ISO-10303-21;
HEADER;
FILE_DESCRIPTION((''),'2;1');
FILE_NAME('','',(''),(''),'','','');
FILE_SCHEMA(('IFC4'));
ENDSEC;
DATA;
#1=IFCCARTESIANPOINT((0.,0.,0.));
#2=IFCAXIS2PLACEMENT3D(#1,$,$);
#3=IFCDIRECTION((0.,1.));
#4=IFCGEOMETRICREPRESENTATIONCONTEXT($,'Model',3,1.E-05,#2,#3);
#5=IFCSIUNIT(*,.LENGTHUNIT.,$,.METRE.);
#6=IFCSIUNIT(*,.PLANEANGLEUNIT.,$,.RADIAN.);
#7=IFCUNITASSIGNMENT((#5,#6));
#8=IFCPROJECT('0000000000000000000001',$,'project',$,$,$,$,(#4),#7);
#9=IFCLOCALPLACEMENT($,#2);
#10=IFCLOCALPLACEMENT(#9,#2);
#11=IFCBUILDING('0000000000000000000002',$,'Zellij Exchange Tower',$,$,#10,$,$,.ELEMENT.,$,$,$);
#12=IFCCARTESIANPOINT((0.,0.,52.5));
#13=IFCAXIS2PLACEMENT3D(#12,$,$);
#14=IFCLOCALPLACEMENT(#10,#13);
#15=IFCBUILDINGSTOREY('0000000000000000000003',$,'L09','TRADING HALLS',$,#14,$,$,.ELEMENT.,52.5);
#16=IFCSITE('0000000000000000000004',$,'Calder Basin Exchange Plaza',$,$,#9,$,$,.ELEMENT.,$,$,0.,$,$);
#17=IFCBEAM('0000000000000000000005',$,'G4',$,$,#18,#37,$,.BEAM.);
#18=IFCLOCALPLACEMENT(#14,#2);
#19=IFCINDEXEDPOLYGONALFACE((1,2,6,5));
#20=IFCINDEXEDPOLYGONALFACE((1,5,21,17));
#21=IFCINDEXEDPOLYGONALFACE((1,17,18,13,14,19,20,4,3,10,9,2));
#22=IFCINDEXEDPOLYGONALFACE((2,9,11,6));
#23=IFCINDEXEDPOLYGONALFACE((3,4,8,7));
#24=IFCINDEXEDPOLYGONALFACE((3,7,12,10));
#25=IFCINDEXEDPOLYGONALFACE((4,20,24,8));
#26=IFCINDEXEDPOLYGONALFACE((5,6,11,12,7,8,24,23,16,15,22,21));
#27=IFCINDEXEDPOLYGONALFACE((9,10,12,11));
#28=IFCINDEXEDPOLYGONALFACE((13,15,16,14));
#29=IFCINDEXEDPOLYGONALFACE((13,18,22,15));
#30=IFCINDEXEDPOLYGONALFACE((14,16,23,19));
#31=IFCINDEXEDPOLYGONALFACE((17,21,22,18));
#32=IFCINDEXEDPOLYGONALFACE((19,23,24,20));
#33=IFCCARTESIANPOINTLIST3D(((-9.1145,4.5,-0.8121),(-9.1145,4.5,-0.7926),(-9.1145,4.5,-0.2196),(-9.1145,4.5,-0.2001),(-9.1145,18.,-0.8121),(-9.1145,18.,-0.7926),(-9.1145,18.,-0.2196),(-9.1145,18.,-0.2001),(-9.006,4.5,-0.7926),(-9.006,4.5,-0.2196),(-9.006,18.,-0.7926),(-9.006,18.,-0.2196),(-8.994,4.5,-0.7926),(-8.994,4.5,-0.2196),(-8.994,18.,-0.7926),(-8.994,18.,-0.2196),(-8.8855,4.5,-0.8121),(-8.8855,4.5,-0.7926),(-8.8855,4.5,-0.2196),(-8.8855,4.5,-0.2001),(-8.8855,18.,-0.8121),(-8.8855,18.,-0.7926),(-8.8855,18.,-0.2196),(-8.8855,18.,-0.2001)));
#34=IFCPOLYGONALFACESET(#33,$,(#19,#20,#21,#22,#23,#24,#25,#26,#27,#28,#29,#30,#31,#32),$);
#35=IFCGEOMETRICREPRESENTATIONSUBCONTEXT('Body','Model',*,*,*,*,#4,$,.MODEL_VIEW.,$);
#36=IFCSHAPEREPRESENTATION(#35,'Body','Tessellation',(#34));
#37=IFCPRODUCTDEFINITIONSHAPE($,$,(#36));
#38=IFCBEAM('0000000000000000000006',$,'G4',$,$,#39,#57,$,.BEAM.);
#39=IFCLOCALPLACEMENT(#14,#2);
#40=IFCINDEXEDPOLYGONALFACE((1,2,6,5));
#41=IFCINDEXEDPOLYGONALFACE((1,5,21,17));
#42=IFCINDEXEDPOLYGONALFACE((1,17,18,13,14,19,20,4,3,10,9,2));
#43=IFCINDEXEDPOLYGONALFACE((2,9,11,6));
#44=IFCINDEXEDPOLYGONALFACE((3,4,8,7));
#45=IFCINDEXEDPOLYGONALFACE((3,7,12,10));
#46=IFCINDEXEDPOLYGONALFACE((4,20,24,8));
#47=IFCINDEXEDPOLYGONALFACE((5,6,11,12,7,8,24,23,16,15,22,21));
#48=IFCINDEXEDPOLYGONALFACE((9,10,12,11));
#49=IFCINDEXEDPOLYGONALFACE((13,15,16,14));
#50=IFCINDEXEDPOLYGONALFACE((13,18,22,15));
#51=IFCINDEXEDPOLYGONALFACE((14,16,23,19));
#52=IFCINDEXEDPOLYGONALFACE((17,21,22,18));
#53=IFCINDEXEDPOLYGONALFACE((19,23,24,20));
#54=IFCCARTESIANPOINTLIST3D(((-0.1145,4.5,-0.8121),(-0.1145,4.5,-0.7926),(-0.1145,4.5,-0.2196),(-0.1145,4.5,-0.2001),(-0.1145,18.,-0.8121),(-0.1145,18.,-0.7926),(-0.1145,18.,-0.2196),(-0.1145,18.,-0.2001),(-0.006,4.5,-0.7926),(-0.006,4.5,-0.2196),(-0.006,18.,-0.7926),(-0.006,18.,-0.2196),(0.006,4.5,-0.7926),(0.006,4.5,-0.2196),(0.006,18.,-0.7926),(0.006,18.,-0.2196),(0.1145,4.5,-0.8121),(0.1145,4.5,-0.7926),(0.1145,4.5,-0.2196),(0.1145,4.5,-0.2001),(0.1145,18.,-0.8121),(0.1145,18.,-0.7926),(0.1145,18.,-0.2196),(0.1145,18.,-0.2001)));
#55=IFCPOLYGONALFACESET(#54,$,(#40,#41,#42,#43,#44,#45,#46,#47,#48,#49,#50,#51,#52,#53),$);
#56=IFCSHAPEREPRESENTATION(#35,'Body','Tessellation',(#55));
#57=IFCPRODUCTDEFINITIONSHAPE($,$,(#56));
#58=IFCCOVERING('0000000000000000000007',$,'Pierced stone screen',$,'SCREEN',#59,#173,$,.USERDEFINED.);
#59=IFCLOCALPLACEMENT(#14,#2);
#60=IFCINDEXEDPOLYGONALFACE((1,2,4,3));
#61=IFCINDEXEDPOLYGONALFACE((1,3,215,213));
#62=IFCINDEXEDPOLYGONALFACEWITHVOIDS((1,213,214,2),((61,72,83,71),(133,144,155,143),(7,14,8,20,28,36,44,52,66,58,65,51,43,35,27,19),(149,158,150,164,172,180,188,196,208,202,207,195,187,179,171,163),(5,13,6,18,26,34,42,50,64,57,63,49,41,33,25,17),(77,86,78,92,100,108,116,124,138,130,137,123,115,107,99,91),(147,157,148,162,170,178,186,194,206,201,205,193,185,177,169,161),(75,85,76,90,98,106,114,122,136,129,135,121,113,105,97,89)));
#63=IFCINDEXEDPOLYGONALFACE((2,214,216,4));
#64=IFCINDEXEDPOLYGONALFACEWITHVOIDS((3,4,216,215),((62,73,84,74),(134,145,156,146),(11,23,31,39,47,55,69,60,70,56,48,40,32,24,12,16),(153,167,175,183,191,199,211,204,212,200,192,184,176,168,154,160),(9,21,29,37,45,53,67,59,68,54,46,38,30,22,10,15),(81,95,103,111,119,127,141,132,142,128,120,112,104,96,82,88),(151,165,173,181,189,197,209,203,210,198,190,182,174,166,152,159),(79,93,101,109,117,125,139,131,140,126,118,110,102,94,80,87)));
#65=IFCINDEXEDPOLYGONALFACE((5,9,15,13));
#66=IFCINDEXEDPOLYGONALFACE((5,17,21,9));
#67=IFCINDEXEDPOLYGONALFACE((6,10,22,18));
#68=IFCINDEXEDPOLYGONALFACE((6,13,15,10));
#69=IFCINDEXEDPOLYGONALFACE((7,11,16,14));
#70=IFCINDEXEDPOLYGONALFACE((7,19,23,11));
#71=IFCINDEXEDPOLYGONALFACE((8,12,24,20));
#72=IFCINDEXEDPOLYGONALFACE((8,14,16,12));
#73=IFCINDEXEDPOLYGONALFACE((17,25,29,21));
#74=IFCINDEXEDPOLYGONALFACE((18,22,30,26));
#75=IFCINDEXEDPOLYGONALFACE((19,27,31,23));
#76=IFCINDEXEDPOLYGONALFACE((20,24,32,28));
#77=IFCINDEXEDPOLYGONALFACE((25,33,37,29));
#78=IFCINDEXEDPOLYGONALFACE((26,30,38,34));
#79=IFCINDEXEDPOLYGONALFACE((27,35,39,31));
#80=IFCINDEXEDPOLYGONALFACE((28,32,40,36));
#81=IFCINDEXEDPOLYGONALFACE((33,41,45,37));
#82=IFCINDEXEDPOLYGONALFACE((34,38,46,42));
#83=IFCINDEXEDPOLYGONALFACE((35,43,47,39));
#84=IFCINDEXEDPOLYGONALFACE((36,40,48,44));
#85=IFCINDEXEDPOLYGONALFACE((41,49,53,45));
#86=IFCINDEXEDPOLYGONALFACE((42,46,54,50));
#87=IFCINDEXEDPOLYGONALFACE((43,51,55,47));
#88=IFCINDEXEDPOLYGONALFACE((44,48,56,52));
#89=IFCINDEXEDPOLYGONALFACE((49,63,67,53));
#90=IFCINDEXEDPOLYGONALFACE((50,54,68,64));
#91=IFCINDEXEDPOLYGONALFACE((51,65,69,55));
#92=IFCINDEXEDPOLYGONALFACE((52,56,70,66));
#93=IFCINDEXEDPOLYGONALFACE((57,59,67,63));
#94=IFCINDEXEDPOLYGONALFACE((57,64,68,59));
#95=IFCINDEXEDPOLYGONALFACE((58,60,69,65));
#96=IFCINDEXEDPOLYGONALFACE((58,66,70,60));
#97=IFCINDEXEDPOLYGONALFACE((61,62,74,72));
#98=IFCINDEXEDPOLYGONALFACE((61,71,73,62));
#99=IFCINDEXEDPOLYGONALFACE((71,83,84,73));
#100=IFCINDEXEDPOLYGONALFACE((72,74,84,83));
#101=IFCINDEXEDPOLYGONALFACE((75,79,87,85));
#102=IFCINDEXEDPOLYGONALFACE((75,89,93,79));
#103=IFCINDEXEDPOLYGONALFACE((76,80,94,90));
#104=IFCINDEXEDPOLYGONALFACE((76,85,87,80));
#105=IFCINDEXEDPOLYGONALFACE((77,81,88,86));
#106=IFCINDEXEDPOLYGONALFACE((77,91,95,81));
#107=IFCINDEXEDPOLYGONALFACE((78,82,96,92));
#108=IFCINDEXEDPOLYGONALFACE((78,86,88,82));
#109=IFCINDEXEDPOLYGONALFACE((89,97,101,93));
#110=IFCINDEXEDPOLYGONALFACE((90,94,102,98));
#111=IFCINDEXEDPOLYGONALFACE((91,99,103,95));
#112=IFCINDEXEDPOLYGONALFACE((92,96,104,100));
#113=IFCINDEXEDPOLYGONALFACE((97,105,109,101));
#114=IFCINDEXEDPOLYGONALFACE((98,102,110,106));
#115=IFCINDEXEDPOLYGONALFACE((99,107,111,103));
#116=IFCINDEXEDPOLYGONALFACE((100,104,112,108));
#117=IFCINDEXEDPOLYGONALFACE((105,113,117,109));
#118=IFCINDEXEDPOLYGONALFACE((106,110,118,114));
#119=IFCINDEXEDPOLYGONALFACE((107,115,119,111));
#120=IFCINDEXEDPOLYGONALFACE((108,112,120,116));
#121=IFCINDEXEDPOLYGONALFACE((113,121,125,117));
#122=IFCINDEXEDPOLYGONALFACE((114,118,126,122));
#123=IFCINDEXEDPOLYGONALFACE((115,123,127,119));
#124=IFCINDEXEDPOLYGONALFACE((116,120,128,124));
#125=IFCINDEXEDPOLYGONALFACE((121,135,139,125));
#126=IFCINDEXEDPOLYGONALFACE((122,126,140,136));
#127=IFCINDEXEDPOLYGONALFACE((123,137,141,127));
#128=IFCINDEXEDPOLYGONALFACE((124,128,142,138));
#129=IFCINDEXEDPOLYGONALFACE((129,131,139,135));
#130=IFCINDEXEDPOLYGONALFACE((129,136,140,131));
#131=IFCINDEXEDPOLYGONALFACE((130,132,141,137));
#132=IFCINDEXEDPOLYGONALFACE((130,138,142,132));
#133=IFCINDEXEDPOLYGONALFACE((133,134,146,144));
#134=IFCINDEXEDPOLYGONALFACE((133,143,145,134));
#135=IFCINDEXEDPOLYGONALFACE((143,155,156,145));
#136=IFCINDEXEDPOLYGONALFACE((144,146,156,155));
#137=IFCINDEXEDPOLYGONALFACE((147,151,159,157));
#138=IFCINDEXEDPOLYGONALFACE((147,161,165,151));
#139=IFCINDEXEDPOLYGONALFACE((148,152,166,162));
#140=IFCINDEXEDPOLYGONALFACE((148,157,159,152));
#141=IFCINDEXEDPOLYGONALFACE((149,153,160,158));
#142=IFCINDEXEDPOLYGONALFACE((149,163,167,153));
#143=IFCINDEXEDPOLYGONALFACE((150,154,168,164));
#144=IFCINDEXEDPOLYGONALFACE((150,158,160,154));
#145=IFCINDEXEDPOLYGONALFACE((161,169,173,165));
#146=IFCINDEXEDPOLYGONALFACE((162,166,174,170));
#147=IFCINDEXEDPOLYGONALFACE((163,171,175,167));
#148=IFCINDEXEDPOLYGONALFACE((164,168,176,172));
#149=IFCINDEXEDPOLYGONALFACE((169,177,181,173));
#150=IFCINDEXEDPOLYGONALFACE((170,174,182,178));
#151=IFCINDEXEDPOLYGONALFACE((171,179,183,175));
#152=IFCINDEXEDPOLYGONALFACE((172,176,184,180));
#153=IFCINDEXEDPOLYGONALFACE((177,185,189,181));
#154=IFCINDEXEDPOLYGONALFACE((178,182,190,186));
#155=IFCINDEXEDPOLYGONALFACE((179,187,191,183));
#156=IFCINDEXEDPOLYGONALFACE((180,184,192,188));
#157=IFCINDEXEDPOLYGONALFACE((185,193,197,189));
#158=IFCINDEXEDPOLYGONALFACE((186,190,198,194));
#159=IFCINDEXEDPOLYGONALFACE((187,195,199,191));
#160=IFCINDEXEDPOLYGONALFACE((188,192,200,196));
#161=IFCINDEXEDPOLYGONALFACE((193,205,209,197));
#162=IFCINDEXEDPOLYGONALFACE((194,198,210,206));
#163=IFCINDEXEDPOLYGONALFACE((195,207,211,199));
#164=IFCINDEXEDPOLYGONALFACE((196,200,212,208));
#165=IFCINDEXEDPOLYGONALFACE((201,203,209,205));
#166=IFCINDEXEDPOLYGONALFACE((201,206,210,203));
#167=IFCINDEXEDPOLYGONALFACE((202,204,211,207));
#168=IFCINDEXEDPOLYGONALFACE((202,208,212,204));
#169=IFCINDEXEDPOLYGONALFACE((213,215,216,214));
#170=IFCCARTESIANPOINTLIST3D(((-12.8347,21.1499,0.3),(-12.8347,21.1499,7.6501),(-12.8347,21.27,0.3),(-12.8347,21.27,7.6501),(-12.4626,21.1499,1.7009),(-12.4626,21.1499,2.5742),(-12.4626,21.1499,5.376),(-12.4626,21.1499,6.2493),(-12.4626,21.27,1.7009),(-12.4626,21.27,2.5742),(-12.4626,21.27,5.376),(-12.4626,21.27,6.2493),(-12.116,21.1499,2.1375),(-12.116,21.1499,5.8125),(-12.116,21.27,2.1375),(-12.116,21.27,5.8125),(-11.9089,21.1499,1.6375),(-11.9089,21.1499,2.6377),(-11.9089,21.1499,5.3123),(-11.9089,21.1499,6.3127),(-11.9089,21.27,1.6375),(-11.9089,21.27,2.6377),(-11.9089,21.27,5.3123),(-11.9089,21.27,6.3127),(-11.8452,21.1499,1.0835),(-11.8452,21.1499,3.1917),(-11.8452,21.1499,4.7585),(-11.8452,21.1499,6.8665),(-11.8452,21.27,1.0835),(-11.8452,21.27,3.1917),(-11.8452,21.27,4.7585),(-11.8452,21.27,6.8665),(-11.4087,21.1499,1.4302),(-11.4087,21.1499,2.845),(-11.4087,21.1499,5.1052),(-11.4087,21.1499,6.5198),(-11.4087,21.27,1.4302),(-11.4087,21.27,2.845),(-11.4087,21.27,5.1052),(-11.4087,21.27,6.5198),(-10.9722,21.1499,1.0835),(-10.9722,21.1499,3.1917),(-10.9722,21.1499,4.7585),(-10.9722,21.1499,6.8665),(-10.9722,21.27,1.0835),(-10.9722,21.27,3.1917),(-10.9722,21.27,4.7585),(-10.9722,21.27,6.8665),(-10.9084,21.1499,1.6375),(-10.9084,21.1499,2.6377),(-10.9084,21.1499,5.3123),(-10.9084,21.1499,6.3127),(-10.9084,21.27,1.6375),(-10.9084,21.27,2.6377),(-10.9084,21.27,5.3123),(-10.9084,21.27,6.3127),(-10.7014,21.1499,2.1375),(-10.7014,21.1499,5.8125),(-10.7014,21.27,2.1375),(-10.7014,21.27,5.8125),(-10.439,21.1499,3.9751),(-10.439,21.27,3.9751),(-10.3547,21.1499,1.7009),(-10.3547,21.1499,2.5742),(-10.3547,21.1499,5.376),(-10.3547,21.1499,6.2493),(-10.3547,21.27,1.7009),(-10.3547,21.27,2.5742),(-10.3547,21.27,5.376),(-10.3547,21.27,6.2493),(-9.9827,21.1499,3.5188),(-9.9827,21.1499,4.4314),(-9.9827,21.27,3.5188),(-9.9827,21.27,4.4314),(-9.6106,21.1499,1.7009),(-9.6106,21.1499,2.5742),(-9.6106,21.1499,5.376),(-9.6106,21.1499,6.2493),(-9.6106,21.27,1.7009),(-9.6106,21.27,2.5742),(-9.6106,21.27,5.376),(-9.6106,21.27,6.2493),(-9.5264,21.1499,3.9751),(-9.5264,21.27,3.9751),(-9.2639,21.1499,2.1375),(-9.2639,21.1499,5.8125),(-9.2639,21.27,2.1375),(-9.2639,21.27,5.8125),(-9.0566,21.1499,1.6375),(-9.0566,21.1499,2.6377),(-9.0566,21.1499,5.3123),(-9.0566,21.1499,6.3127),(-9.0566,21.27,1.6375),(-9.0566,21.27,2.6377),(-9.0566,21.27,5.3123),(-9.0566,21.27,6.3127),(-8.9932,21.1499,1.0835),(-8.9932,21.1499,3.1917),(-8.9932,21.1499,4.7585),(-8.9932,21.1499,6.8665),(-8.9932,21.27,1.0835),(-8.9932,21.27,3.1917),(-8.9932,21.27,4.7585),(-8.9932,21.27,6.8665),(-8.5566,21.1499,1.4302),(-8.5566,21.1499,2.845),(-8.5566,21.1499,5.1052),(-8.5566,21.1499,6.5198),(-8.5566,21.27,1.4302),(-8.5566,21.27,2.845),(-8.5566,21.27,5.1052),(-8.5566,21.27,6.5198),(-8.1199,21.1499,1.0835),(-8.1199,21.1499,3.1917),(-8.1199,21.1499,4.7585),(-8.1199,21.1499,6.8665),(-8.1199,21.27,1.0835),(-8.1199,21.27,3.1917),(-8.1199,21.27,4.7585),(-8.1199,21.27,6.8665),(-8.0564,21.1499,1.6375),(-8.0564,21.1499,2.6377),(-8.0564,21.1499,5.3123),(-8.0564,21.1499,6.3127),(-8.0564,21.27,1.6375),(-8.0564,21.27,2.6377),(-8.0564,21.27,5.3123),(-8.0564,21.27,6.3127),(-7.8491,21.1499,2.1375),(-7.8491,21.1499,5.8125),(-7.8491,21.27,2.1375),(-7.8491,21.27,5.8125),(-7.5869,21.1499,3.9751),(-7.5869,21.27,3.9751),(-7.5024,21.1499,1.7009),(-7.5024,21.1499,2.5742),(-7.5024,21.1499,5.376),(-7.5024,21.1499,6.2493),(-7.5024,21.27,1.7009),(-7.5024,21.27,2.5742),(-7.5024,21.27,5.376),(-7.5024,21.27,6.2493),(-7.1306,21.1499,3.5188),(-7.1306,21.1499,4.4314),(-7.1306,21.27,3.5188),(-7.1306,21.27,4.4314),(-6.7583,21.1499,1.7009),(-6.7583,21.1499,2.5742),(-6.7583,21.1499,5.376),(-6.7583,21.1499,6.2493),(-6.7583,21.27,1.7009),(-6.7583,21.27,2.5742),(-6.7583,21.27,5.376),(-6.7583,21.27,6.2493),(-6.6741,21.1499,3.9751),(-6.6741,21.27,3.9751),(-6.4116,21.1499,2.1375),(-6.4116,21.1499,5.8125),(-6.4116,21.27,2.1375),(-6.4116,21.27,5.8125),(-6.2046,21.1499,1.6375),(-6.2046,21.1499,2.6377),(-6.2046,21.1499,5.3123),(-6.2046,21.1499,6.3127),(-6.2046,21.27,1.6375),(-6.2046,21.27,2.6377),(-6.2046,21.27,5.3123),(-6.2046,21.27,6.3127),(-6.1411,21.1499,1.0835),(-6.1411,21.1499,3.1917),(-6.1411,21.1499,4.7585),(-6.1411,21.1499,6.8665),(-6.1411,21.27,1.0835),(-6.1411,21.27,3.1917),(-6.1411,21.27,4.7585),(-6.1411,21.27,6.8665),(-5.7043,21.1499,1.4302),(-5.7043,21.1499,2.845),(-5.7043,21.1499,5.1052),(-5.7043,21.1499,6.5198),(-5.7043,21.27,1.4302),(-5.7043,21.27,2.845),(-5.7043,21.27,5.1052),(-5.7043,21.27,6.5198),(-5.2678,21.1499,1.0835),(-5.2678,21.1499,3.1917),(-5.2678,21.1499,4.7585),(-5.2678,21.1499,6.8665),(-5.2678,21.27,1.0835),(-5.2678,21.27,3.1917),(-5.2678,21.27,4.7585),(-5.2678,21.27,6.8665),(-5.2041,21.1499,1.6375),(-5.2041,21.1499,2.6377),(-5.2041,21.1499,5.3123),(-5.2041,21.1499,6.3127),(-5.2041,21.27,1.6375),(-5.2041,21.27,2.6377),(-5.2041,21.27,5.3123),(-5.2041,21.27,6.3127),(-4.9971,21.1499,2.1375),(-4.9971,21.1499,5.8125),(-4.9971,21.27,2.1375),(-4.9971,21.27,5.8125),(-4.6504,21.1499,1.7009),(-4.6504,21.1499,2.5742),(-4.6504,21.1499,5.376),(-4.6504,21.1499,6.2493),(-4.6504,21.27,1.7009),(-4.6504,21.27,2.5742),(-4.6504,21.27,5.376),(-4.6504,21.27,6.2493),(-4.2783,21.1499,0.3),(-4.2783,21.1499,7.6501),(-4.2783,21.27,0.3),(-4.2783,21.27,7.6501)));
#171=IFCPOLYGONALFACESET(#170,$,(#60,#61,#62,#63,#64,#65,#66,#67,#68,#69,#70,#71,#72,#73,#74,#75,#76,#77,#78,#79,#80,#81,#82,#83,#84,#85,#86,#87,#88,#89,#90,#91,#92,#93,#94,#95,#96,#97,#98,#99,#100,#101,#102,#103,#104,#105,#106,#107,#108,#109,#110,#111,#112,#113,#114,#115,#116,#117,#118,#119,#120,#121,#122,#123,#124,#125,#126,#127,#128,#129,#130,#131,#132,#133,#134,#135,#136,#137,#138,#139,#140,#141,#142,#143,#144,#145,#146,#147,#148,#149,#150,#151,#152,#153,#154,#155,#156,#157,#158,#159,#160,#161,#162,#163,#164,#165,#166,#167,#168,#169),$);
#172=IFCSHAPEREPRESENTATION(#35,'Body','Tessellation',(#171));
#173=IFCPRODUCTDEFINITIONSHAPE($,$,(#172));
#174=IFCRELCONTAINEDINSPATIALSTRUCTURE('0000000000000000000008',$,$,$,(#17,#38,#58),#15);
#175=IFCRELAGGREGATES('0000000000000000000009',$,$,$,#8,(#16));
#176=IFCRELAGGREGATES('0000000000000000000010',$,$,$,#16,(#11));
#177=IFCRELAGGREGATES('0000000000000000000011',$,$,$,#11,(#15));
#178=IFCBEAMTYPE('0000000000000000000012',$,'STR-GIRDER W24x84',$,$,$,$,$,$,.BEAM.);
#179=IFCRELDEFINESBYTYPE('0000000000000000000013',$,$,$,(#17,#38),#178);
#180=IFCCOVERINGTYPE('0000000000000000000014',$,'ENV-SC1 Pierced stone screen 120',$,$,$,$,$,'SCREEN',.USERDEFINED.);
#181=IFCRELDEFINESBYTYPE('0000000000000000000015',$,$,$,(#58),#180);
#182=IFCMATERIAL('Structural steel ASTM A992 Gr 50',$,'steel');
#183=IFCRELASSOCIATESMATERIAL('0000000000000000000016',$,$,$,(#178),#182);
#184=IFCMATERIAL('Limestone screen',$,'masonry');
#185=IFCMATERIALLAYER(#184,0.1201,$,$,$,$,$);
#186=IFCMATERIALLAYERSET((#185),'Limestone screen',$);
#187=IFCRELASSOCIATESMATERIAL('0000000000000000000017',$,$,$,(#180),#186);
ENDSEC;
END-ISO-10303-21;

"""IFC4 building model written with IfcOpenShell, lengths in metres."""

from ifc_helpers import new_model, si_unit, direction, frame, origin, origin_2d, place, context, subcontext, project, spatial, polyline, i_section, outline, extrude, material, layer, layer_set, material_profile, profile_set, type_object, element, save


model = new_model("IFC4")

# Units and contexts
model_context = context("Model", 3, precision=1e-05, world=origin(), true_north=direction((0.0, 1.0)))
body_context = subcontext(model_context, "Body", "Model", "MODEL_VIEW")
ifc_project = project(units=[si_unit("LENGTHUNIT", "METRE"), si_unit("PLANEANGLEUNIT", "RADIAN")], contexts=[model_context])

# Site, building, storey
site_placement = place(None, origin())
site = spatial("IfcSite", under=ifc_project, at=site_placement, Name="Calder Basin Exchange Plaza", CompositionType="ELEMENT", RefElevation=0.0)
building_placement = place(site_placement, origin())
building = spatial("IfcBuilding", under=site, at=building_placement, Name="Zellij Exchange Tower", CompositionType="ELEMENT")
storey_placement = place(building_placement, frame((0.0, 0.0, 52.5)))
storey = spatial("IfcBuildingStorey", under=building, at=storey_placement, Name="L09", Description="TRADING HALLS", CompositionType="ELEMENT", Elevation=52.5)

# Beams
ifc_material_1 = material(Name="Structural steel ASTM A992 Gr 50", Category="steel")
ifc_material_profile_1 = material_profile(ifc_material_1, i_section(OverallWidth=0.229, OverallDepth=0.6121, WebThickness=0.012, FlangeThickness=0.0195, at=origin_2d()), Name="W24x84")
ifc_profile_set_1 = profile_set([ifc_material_profile_1], Name="Structural steel ASTM A992 Gr 50")
beam_type = type_object("IfcBeamType", Name="STR-GIRDER W24x84", PredefinedType="BEAM", material=ifc_profile_set_1)
for number, where, z_axis, x_axis, name in (
    (1, (-9.0, 4.5, -0.5061), (0.0, 1.0, 0.0), (-1.0, 0.0, 0.0), "G4"),
    (2, (0.0, 4.5, -0.5061), (0.0, 1.0, 0.0), (-1.0, 0.0, 0.0), "G4"),
):
    element("IfcBeam", number, at=place(storey_placement, frame(where, z_axis=z_axis, x_axis=x_axis)), inside=storey, type_object=beam_type, Name=name, PredefinedType="BEAM", context=body_context, shape_type="SweptSolid", body=[
        extrude(i_section(OverallWidth=0.229, OverallDepth=0.6121, WebThickness=0.012, FlangeThickness=0.0195, at=origin_2d()), origin(), (0.0, 0.0, 1.0), 13.5),
    ])

# Covering
ifc_material_2 = material(Name="Limestone screen", Category="masonry")
ifc_layer = layer(ifc_material_2, 0.1201)
ifc_layer_set = layer_set([ifc_layer], Name="Limestone screen")
covering_type = type_object("IfcCoveringType", Name="ENV-SC1 Pierced stone screen 120", ElementType="SCREEN", PredefinedType="USERDEFINED", material=ifc_layer_set)
covering_1_placement = place(storey_placement, frame((-4.2783, 21.21, 0.3), z_axis=(0.0, 0.0, 1.0), x_axis=(-1.0, 0.0, 0.0)))
element("IfcCovering", 3, at=covering_1_placement, inside=storey, type_object=covering_type, Name="Pierced stone screen", ObjectType="SCREEN", PredefinedType="USERDEFINED", context=body_context, shape_type="SweptSolid", body=[
    extrude(outline(polyline([(0.0, 0.0), (8.5564, 0.0), (8.5564, 7.3501), (0.0, 7.3501), (0.0, 0.0)]), holes=[polyline([(2.48, 2.2742), (1.9263, 2.3376), (1.8628, 2.8916), (1.426, 2.5449), (0.9895, 2.8916), (0.9258, 2.3376), (0.3721, 2.2742), (0.7188, 1.8374), (0.3721, 1.4009), (0.9258, 1.3374), (0.9895, 0.7834), (1.426, 1.1301), (1.8628, 0.7834), (1.9263, 1.3374), (2.48, 1.4009), (2.1333, 1.8374), (2.48, 2.2742)]), polyline([(2.48, 5.9492), (1.9263, 6.0127), (1.8628, 6.5664), (1.426, 6.2197), (0.9895, 6.5664), (0.9258, 6.0127), (0.3721, 5.9492), (0.7188, 5.5125), (0.3721, 5.0759), (0.9258, 5.0122), (0.9895, 4.4585), (1.426, 4.8052), (1.8628, 4.4585), (1.9263, 5.0122), (2.48, 5.0759), (2.1333, 5.5125), (2.48, 5.9492)]), polyline([(5.3323, 2.2742), (4.7783, 2.3376), (4.7148, 2.8916), (4.2783, 2.5449), (3.8416, 2.8916), (3.7781, 2.3376), (3.2241, 2.2742), (3.5708, 1.8374), (3.2241, 1.4009), (3.7781, 1.3374), (3.8416, 0.7834), (4.2783, 1.1301), (4.7148, 0.7834), (4.7783, 1.3374), (5.3323, 1.4009), (4.9856, 1.8374), (5.3323, 2.2742)]), polyline([(5.3323, 5.9492), (4.7783, 6.0127), (4.7148, 6.5664), (4.2783, 6.2197), (3.8416, 6.5664), (3.7781, 6.0127), (3.2241, 5.9492), (3.5708, 5.5125), (3.2241, 5.0759), (3.7781, 5.0122), (3.8416, 4.4585), (4.2783, 4.8052), (4.7148, 4.4585), (4.7783, 5.0122), (5.3323, 5.0759), (4.9856, 5.5125), (5.3323, 5.9492)]), polyline([(8.1843, 2.2742), (7.6306, 2.3376), (7.5669, 2.8916), (7.1304, 2.5449), (6.6938, 2.8916), (6.6301, 2.3376), (6.0764, 2.2742), (6.4231, 1.8374), (6.0764, 1.4009), (6.6301, 1.3374), (6.6938, 0.7834), (7.1304, 1.1301), (7.5669, 0.7834), (7.6306, 1.3374), (8.1843, 1.4009), (7.8376, 1.8374), (8.1843, 2.2742)]), polyline([(8.1843, 5.9492), (7.6306, 6.0127), (7.5669, 6.5664), (7.1304, 6.2197), (6.6938, 6.5664), (6.6301, 6.0127), (6.0764, 5.9492), (6.4231, 5.5125), (6.0764, 5.0759), (6.6301, 5.0122), (6.6938, 4.4585), (7.1304, 4.8052), (7.5669, 4.4585), (7.6306, 5.0122), (8.1843, 5.0759), (7.8376, 5.5125), (8.1843, 5.9492)]), polyline([(3.3086, 3.675), (2.8523, 4.1313), (2.3958, 3.675), (2.8523, 3.2188), (3.3086, 3.675)]), polyline([(6.1606, 3.675), (5.7043, 4.1313), (5.248, 3.675), (5.7043, 3.2188), (6.1606, 3.675)])]), frame((0.0, 0.0601, 0.0), z_axis=(0.0, -1.0, 0.0), x_axis=(1.0, 0.0, 0.0)), (0.0, 0.0, 1.0), 0.1201),
])

save(model, "model.ifc")
